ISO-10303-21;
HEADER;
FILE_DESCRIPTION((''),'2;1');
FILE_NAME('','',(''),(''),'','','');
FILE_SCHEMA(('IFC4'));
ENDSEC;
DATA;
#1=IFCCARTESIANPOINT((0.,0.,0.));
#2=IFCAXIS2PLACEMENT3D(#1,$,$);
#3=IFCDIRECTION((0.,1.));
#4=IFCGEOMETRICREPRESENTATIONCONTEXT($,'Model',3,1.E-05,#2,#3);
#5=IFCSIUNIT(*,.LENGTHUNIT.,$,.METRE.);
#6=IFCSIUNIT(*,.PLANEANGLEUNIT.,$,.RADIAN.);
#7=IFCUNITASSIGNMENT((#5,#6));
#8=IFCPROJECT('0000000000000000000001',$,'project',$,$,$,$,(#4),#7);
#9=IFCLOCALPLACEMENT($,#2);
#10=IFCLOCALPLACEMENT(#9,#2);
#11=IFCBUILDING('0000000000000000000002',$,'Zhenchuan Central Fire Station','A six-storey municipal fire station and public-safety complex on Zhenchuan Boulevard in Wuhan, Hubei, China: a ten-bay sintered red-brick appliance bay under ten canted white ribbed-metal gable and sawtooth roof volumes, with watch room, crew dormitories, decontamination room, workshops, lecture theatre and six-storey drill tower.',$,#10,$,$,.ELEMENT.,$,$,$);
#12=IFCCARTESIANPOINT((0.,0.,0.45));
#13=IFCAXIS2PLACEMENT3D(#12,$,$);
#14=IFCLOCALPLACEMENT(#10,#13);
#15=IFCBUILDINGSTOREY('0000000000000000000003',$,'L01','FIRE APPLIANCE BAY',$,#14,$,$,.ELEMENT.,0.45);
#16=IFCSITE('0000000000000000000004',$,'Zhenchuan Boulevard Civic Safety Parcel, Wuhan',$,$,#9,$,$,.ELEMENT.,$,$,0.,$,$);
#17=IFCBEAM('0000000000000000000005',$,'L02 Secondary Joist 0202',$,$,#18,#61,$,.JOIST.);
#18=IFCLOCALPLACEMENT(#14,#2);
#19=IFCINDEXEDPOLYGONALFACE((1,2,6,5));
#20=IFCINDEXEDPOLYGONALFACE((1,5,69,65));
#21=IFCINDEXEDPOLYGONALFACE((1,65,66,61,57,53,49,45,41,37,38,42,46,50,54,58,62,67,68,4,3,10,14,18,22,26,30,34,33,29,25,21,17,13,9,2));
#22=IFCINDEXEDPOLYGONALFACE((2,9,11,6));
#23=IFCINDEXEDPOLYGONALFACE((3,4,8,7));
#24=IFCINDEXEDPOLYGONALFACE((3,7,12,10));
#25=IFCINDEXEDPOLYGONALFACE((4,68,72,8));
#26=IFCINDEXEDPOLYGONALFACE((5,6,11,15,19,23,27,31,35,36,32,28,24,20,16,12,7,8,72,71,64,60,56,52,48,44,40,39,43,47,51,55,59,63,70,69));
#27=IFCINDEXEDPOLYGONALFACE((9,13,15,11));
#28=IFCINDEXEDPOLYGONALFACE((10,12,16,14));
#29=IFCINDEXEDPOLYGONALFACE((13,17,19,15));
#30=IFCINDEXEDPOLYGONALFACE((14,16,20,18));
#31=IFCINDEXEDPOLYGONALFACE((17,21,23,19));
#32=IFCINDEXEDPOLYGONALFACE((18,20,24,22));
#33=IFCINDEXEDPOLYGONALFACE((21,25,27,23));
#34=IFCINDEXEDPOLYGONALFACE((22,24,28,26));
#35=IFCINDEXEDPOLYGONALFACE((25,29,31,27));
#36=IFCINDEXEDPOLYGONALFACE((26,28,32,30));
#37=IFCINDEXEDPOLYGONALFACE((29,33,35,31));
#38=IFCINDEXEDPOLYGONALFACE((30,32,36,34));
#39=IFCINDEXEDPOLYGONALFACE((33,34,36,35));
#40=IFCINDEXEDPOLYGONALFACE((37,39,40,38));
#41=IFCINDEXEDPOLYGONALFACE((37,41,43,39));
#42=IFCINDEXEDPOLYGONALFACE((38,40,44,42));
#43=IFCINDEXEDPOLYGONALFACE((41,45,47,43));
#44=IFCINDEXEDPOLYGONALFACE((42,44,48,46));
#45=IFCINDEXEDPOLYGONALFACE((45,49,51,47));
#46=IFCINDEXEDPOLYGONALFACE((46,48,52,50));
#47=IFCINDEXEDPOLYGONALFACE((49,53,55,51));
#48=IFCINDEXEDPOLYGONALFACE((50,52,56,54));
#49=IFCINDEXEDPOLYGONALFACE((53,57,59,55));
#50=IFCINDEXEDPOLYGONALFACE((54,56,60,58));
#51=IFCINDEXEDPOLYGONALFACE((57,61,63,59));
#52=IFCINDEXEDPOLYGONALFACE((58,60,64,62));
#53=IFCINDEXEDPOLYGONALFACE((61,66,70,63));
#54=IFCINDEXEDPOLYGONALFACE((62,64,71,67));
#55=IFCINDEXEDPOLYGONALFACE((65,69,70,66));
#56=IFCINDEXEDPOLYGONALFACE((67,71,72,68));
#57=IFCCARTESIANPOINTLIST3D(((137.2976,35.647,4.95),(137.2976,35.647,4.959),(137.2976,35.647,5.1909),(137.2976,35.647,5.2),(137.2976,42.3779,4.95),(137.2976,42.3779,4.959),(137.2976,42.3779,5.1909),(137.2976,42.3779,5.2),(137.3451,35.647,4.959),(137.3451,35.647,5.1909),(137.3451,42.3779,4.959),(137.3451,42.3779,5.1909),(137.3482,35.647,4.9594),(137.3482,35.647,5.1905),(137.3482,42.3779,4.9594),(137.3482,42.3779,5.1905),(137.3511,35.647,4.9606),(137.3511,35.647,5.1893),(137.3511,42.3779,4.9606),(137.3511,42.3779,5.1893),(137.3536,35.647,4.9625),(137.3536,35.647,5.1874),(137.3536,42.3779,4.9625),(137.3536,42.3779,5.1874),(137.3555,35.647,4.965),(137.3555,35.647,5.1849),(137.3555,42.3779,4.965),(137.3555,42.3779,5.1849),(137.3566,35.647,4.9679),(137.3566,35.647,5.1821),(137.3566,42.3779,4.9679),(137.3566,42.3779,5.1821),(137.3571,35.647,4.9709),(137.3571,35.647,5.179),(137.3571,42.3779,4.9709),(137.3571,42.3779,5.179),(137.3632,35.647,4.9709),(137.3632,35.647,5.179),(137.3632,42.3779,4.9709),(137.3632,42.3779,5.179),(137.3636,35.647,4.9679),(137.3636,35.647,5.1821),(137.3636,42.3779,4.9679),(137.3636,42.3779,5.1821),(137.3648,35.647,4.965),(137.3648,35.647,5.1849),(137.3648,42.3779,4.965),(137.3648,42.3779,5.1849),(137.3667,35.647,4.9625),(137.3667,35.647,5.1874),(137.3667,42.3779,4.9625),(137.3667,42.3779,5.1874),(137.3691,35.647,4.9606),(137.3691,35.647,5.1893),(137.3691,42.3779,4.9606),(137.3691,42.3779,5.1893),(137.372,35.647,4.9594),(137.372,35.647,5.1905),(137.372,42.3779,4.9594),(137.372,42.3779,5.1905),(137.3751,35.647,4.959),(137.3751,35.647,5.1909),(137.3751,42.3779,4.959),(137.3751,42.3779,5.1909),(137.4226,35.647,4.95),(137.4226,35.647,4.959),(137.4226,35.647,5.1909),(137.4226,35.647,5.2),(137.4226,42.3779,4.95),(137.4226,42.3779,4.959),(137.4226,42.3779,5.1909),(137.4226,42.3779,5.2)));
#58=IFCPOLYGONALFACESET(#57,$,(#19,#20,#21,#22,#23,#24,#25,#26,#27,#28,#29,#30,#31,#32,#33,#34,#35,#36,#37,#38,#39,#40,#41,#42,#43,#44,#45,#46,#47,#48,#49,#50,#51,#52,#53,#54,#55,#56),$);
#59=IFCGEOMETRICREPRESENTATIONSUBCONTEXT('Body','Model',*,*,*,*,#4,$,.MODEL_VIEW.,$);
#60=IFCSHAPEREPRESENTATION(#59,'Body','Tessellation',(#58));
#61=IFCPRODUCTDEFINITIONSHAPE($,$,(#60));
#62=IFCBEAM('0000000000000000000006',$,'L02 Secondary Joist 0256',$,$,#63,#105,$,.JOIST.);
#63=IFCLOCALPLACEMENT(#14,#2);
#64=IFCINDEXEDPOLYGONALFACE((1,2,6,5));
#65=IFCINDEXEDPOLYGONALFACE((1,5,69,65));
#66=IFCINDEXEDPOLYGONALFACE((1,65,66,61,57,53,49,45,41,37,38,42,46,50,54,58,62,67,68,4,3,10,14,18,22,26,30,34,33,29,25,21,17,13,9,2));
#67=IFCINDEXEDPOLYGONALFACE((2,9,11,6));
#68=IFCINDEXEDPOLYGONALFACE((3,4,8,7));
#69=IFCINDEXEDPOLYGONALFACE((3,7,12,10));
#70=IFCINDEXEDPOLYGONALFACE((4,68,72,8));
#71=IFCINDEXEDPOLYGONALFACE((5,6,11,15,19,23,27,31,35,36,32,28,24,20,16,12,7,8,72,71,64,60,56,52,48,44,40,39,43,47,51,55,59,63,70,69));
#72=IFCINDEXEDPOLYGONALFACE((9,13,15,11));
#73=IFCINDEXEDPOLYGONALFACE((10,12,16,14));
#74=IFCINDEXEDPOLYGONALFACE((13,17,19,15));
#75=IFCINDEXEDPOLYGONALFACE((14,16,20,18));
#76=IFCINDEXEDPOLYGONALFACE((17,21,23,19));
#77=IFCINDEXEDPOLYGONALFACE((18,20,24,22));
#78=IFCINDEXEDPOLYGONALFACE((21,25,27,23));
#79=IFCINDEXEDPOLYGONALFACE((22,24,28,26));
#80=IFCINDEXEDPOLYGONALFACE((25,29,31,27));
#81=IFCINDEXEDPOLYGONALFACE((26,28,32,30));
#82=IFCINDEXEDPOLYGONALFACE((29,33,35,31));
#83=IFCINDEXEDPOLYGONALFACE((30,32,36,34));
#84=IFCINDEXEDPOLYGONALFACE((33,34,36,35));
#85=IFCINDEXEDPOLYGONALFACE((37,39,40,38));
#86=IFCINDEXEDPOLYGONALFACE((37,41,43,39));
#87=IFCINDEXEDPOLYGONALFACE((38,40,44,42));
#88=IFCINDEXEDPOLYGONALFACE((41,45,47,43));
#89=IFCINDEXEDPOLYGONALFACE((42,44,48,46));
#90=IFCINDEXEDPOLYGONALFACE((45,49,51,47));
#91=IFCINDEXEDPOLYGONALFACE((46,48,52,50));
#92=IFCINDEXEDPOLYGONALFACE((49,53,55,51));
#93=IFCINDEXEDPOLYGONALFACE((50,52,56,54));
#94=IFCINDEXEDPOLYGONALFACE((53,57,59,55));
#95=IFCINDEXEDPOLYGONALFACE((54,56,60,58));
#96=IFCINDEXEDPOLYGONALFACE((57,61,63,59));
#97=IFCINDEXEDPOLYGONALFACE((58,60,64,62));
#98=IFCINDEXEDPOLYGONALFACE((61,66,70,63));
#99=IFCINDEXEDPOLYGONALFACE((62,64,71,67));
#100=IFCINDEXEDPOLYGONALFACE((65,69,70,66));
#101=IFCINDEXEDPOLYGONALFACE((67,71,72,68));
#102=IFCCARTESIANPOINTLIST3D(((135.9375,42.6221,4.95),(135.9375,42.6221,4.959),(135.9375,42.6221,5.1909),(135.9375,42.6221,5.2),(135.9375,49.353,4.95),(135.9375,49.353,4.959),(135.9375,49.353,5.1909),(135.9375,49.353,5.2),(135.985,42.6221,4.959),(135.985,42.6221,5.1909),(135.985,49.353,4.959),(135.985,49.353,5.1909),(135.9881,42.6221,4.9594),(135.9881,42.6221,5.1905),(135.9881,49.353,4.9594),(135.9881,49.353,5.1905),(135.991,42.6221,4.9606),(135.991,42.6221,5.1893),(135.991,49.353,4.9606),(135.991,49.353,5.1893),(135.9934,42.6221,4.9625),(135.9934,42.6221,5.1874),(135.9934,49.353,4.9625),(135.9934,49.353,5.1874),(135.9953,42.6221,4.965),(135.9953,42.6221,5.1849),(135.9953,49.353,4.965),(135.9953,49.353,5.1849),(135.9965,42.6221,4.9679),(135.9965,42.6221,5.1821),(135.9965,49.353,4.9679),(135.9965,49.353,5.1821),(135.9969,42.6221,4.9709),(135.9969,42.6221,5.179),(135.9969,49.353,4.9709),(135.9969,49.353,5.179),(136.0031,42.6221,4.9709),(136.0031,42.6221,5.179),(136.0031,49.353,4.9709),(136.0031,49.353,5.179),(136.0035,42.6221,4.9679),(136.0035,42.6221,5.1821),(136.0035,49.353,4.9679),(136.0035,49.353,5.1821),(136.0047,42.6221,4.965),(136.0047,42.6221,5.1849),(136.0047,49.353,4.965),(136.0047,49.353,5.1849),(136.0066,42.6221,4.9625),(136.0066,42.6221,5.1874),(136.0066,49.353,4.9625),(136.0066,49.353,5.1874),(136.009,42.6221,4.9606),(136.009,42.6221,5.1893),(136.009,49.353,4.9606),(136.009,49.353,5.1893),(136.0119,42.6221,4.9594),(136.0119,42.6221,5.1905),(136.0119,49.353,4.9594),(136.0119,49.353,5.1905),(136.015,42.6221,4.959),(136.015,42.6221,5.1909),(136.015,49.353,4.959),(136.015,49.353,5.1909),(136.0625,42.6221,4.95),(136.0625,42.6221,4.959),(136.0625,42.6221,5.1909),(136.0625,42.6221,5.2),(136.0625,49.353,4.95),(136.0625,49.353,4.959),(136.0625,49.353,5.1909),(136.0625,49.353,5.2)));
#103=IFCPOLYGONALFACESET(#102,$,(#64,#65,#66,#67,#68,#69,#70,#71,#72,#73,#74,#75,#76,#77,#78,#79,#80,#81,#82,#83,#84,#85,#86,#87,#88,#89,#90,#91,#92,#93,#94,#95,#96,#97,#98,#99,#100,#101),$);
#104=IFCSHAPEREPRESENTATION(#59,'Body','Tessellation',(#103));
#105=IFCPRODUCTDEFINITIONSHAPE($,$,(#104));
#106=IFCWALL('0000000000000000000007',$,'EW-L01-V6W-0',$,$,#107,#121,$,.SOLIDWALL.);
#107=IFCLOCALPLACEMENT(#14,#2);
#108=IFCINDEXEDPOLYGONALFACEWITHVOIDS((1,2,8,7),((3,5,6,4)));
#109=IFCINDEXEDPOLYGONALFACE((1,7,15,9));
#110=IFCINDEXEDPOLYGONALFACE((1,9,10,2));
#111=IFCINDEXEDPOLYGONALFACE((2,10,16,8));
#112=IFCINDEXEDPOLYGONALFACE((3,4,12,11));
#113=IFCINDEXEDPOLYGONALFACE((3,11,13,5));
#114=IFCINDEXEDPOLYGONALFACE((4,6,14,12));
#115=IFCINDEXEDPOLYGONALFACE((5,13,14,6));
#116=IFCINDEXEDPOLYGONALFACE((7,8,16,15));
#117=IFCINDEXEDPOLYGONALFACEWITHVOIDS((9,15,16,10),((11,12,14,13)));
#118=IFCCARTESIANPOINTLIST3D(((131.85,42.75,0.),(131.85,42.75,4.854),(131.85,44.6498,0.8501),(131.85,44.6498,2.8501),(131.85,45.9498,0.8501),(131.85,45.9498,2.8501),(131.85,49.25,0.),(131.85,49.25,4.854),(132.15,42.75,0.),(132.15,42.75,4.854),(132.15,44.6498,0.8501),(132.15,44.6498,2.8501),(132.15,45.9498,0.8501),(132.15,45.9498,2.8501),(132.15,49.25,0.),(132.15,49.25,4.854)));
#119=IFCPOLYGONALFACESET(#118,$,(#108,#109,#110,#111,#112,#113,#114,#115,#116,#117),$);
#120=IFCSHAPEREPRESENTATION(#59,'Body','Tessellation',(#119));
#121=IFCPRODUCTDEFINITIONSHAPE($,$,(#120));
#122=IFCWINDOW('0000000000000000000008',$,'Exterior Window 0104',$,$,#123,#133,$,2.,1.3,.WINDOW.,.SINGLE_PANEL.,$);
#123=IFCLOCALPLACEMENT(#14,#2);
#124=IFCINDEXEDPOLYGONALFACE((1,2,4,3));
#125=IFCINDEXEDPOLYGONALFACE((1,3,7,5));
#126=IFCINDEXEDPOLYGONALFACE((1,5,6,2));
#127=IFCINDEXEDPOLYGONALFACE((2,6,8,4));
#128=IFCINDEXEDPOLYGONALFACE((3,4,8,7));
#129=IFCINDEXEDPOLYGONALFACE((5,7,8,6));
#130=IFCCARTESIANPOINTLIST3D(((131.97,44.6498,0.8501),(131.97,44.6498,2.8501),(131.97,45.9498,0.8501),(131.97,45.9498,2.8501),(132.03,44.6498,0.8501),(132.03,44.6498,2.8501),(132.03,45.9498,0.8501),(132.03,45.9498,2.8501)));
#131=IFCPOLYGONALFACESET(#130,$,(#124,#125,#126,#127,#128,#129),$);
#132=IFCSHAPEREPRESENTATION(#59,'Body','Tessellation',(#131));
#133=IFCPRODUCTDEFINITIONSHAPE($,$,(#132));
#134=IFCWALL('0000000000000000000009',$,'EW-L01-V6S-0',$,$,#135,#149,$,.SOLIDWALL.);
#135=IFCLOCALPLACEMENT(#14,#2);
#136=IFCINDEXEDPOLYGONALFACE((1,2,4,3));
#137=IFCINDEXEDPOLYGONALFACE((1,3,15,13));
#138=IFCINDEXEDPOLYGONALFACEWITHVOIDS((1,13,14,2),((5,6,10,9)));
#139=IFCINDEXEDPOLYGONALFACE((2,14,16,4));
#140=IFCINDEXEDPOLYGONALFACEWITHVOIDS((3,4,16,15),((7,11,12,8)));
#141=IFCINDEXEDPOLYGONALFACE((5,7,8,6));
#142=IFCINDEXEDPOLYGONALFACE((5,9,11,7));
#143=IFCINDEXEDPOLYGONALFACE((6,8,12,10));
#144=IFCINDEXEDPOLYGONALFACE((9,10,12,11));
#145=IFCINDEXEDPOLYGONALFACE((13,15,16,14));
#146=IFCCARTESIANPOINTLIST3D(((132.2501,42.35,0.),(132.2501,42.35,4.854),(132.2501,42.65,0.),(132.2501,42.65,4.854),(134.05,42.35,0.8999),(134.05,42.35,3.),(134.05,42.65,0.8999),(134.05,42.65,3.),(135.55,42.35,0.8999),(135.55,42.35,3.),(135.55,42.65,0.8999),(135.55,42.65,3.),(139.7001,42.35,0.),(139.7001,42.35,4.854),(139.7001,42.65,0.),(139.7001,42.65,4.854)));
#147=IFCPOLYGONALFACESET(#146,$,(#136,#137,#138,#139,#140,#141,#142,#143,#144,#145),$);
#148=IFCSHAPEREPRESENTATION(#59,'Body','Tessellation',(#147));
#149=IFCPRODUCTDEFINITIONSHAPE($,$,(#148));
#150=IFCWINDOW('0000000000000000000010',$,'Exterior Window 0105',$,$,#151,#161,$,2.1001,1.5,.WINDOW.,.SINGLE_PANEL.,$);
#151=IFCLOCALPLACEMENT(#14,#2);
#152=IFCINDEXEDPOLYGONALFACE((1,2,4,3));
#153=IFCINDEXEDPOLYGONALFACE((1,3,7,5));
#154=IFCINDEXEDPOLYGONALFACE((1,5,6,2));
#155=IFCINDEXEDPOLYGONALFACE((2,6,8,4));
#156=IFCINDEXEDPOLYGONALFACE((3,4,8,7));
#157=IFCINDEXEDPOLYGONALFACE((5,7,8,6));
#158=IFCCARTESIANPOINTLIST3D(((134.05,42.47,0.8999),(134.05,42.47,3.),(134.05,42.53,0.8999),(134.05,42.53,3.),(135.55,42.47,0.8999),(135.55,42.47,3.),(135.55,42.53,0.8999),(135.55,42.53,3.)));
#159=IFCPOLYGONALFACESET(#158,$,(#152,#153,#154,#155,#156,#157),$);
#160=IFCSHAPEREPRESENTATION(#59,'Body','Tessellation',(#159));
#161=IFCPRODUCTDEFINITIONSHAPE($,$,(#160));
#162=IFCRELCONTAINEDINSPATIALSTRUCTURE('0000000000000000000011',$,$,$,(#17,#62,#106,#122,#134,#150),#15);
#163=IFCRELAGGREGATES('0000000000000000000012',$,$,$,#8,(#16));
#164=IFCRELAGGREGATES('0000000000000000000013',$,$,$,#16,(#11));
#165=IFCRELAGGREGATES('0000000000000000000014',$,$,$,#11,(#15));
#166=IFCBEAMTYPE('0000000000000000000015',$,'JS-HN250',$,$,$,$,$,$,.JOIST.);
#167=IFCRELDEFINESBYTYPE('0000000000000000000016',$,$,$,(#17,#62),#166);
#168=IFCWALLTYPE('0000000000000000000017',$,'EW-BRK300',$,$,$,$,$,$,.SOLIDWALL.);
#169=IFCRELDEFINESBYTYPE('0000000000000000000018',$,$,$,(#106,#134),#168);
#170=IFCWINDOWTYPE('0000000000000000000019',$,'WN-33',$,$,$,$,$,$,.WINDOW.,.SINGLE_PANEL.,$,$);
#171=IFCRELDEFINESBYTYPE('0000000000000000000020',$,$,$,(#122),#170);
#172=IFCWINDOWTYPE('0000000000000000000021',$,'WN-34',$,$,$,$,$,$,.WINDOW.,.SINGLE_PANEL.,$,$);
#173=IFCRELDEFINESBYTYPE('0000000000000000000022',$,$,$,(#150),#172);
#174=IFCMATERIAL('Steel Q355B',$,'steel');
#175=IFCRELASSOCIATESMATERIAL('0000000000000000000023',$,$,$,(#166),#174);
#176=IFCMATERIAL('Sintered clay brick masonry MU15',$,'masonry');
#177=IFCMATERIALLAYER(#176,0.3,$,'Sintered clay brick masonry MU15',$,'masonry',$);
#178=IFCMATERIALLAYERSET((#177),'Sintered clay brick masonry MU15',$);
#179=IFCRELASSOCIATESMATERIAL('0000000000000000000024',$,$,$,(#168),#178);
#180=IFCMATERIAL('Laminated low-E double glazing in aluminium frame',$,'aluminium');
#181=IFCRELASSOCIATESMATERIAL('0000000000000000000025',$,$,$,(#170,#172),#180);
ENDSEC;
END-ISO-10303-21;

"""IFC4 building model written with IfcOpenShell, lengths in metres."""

from ifc_helpers import new_model, si_unit, direction, frame, frame_2d, origin, origin_2d, place, context, subcontext, project, spatial, rectangle, i_section, extrude, material, layer, layer_set, material_profile, profile_set, type_object, element, fill, save


model = new_model("IFC4")

# Units and contexts
model_context = context("Model", 3, precision=1e-05, world=origin(), true_north=direction((0.0, 1.0)))
body_context = subcontext(model_context, "Body", "Model", "MODEL_VIEW")
ifc_project = project(units=[si_unit("LENGTHUNIT", "METRE"), si_unit("PLANEANGLEUNIT", "RADIAN")], contexts=[model_context])

# Site, building, storey
site_placement = place(None, origin())
site = spatial("IfcSite", under=ifc_project, at=site_placement, Name="Zhenchuan Boulevard Civic Safety Parcel, Wuhan", CompositionType="ELEMENT", RefElevation=0.0)
building_placement = place(site_placement, origin())
building = spatial("IfcBuilding", under=site, at=building_placement, Name="Zhenchuan Central Fire Station", Description="A six-storey municipal fire station and public-safety complex on Zhenchuan Boulevard in Wuhan, Hubei, China: a ten-bay sintered red-brick appliance bay under ten canted white ribbed-metal gable and sawtooth roof volumes, with watch room, crew dormitories, decontamination room, workshops, lecture theatre and six-storey drill tower.", CompositionType="ELEMENT")
storey_placement = place(building_placement, frame((0.0, 0.0, 0.45)))
storey = spatial("IfcBuildingStorey", under=building, at=storey_placement, Name="L01", Description="FIRE APPLIANCE BAY", CompositionType="ELEMENT", Elevation=0.45)

# Beams
ifc_material_1 = material(Name="Steel Q355B", Category="steel")
ifc_material_profile_1 = material_profile(ifc_material_1, i_section(OverallWidth=0.125, OverallDepth=0.25, WebThickness=0.0061, FlangeThickness=0.009, FilletRadius=0.012, at=origin_2d()), Name="HN 250x125")
ifc_profile_set_1 = profile_set([ifc_material_profile_1], Name="Steel Q355B")
beam_type_1 = type_object("IfcBeamType", Name="JS-HN250", PredefinedType="JOIST", material=ifc_profile_set_1)
for number, where, z_axis, x_axis, name in (
    (1, (137.3601, 35.647, 5.075), (0.0, 1.0, 0.0), (-1.0, 0.0, 0.0), "L02 Secondary Joist 0202"),
    (2, (136.0, 42.6221, 5.075), (0.0, 1.0, 0.0), (-1.0, 0.0, 0.0), "L02 Secondary Joist 0256"),
):
    element("IfcBeam", number, at=place(storey_placement, frame(where, z_axis=z_axis, x_axis=x_axis)), inside=storey, type_object=beam_type_1, Name=name, PredefinedType="JOIST", context=body_context, shape_type="SweptSolid", body=[
        extrude(i_section(OverallWidth=0.125, OverallDepth=0.25, WebThickness=0.0061, FlangeThickness=0.009, FilletRadius=0.012, at=origin_2d()), origin(), (0.0, 0.0, 1.0), 6.731),
    ])

# Walls, openings, windows
ifc_material_2 = material(Name="Sintered clay brick masonry MU15", Category="masonry")
ifc_layer_1 = layer(ifc_material_2, 0.3, Name="Sintered clay brick masonry MU15", Category="masonry")
ifc_layer_set_1 = layer_set([ifc_layer_1], Name="Sintered clay brick masonry MU15")
wall_type_1 = type_object("IfcWallType", Name="EW-BRK300", PredefinedType="SOLIDWALL", material=ifc_layer_set_1)
wall_1_placement = place(storey_placement, frame((132.0, 42.75, 0.0), z_axis=(0.0, 0.0, 1.0), x_axis=(0.0, 1.0, 0.0)))
wall_1 = element("IfcWall", 3, at=wall_1_placement, inside=storey, type_object=wall_type_1, Name="EW-L01-V6W-0", PredefinedType="SOLIDWALL", context=body_context, shape_type="SweptSolid", body=[
    extrude(rectangle(XDim=6.5, YDim=0.3, at=frame_2d((3.25, 0.0))), origin(), (0.0, 0.0, 1.0), 4.854),
])
opening_1_placement = place(wall_1_placement, frame((1.8999, 0.0, 0.8501)))
opening_1 = element("IfcOpeningElement", 4, at=opening_1_placement, cuts=wall_1, PredefinedType="OPENING", context=body_context, shape_type="SweptSolid", body=[
    extrude(rectangle(XDim=1.3, YDim=2.0, at=frame_2d((0.6499, 1.0))), frame((0.0, 0.1599, 0.0), z_axis=(0.0, -1.0, 0.0), x_axis=(1.0, 0.0, 0.0)), (0.0, 0.0, 1.0), 0.3201),
])
ifc_material_3 = material(Name="Laminated low-E double glazing in aluminium frame", Category="aluminium")
window_type_1 = type_object("IfcWindowType", Name="WN-33", PartitioningType="SINGLE_PANEL", PredefinedType="WINDOW", material=ifc_material_3)
window_1_placement = place(opening_1_placement, origin())
window_1 = element("IfcWindow", 5, at=window_1_placement, inside=storey, type_object=window_type_1, Name="Exterior Window 0104", OverallHeight=2.0, OverallWidth=1.3, PartitioningType="SINGLE_PANEL", PredefinedType="WINDOW", context=body_context, shape_type="SweptSolid", body=[
    extrude(rectangle(XDim=1.3, YDim=2.0, at=frame_2d((0.6499, 1.0))), frame((0.0, 0.03, 0.0), z_axis=(0.0, -1.0, 0.0), x_axis=(1.0, 0.0, 0.0)), (0.0, 0.0, 1.0), 0.0601),
])
fill(opening_1, window_1)
wall_2_placement = place(storey_placement, frame((132.25, 42.5, 0.0), z_axis=(0.0, 0.0, 1.0), x_axis=(1.0, 0.0, 0.0)))
wall_2 = element("IfcWall", 6, at=wall_2_placement, inside=storey, type_object=wall_type_1, Name="EW-L01-V6S-0", PredefinedType="SOLIDWALL", context=body_context, shape_type="SweptSolid", body=[
    extrude(rectangle(XDim=7.45, YDim=0.3, at=frame_2d((3.7251, 0.0))), origin(), (0.0, 0.0, 1.0), 4.854),
])
opening_2_placement = place(wall_2_placement, frame((1.8, 0.0, 0.8999)))
opening_2 = element("IfcOpeningElement", 7, at=opening_2_placement, cuts=wall_2, PredefinedType="OPENING", context=body_context, shape_type="SweptSolid", body=[
    extrude(rectangle(XDim=1.5, YDim=2.1001, at=frame_2d((0.75, 1.05))), frame((0.0, 0.1599, 0.0), z_axis=(0.0, -1.0, 0.0), x_axis=(1.0, 0.0, 0.0)), (0.0, 0.0, 1.0), 0.3201),
])
window_type_2 = type_object("IfcWindowType", Name="WN-34", PartitioningType="SINGLE_PANEL", PredefinedType="WINDOW", material=ifc_material_3)
window_2_placement = place(opening_2_placement, origin())
window_2 = element("IfcWindow", 8, at=window_2_placement, inside=storey, type_object=window_type_2, Name="Exterior Window 0105", OverallHeight=2.1001, OverallWidth=1.5, PartitioningType="SINGLE_PANEL", PredefinedType="WINDOW", context=body_context, shape_type="SweptSolid", body=[
    extrude(rectangle(XDim=1.5, YDim=2.1001, at=frame_2d((0.75, 1.05))), frame((0.0, 0.03, 0.0), z_axis=(0.0, -1.0, 0.0), x_axis=(1.0, 0.0, 0.0)), (0.0, 0.0, 1.0), 0.0601),
])
fill(opening_2, window_2)

save(model, "model.ifc")
